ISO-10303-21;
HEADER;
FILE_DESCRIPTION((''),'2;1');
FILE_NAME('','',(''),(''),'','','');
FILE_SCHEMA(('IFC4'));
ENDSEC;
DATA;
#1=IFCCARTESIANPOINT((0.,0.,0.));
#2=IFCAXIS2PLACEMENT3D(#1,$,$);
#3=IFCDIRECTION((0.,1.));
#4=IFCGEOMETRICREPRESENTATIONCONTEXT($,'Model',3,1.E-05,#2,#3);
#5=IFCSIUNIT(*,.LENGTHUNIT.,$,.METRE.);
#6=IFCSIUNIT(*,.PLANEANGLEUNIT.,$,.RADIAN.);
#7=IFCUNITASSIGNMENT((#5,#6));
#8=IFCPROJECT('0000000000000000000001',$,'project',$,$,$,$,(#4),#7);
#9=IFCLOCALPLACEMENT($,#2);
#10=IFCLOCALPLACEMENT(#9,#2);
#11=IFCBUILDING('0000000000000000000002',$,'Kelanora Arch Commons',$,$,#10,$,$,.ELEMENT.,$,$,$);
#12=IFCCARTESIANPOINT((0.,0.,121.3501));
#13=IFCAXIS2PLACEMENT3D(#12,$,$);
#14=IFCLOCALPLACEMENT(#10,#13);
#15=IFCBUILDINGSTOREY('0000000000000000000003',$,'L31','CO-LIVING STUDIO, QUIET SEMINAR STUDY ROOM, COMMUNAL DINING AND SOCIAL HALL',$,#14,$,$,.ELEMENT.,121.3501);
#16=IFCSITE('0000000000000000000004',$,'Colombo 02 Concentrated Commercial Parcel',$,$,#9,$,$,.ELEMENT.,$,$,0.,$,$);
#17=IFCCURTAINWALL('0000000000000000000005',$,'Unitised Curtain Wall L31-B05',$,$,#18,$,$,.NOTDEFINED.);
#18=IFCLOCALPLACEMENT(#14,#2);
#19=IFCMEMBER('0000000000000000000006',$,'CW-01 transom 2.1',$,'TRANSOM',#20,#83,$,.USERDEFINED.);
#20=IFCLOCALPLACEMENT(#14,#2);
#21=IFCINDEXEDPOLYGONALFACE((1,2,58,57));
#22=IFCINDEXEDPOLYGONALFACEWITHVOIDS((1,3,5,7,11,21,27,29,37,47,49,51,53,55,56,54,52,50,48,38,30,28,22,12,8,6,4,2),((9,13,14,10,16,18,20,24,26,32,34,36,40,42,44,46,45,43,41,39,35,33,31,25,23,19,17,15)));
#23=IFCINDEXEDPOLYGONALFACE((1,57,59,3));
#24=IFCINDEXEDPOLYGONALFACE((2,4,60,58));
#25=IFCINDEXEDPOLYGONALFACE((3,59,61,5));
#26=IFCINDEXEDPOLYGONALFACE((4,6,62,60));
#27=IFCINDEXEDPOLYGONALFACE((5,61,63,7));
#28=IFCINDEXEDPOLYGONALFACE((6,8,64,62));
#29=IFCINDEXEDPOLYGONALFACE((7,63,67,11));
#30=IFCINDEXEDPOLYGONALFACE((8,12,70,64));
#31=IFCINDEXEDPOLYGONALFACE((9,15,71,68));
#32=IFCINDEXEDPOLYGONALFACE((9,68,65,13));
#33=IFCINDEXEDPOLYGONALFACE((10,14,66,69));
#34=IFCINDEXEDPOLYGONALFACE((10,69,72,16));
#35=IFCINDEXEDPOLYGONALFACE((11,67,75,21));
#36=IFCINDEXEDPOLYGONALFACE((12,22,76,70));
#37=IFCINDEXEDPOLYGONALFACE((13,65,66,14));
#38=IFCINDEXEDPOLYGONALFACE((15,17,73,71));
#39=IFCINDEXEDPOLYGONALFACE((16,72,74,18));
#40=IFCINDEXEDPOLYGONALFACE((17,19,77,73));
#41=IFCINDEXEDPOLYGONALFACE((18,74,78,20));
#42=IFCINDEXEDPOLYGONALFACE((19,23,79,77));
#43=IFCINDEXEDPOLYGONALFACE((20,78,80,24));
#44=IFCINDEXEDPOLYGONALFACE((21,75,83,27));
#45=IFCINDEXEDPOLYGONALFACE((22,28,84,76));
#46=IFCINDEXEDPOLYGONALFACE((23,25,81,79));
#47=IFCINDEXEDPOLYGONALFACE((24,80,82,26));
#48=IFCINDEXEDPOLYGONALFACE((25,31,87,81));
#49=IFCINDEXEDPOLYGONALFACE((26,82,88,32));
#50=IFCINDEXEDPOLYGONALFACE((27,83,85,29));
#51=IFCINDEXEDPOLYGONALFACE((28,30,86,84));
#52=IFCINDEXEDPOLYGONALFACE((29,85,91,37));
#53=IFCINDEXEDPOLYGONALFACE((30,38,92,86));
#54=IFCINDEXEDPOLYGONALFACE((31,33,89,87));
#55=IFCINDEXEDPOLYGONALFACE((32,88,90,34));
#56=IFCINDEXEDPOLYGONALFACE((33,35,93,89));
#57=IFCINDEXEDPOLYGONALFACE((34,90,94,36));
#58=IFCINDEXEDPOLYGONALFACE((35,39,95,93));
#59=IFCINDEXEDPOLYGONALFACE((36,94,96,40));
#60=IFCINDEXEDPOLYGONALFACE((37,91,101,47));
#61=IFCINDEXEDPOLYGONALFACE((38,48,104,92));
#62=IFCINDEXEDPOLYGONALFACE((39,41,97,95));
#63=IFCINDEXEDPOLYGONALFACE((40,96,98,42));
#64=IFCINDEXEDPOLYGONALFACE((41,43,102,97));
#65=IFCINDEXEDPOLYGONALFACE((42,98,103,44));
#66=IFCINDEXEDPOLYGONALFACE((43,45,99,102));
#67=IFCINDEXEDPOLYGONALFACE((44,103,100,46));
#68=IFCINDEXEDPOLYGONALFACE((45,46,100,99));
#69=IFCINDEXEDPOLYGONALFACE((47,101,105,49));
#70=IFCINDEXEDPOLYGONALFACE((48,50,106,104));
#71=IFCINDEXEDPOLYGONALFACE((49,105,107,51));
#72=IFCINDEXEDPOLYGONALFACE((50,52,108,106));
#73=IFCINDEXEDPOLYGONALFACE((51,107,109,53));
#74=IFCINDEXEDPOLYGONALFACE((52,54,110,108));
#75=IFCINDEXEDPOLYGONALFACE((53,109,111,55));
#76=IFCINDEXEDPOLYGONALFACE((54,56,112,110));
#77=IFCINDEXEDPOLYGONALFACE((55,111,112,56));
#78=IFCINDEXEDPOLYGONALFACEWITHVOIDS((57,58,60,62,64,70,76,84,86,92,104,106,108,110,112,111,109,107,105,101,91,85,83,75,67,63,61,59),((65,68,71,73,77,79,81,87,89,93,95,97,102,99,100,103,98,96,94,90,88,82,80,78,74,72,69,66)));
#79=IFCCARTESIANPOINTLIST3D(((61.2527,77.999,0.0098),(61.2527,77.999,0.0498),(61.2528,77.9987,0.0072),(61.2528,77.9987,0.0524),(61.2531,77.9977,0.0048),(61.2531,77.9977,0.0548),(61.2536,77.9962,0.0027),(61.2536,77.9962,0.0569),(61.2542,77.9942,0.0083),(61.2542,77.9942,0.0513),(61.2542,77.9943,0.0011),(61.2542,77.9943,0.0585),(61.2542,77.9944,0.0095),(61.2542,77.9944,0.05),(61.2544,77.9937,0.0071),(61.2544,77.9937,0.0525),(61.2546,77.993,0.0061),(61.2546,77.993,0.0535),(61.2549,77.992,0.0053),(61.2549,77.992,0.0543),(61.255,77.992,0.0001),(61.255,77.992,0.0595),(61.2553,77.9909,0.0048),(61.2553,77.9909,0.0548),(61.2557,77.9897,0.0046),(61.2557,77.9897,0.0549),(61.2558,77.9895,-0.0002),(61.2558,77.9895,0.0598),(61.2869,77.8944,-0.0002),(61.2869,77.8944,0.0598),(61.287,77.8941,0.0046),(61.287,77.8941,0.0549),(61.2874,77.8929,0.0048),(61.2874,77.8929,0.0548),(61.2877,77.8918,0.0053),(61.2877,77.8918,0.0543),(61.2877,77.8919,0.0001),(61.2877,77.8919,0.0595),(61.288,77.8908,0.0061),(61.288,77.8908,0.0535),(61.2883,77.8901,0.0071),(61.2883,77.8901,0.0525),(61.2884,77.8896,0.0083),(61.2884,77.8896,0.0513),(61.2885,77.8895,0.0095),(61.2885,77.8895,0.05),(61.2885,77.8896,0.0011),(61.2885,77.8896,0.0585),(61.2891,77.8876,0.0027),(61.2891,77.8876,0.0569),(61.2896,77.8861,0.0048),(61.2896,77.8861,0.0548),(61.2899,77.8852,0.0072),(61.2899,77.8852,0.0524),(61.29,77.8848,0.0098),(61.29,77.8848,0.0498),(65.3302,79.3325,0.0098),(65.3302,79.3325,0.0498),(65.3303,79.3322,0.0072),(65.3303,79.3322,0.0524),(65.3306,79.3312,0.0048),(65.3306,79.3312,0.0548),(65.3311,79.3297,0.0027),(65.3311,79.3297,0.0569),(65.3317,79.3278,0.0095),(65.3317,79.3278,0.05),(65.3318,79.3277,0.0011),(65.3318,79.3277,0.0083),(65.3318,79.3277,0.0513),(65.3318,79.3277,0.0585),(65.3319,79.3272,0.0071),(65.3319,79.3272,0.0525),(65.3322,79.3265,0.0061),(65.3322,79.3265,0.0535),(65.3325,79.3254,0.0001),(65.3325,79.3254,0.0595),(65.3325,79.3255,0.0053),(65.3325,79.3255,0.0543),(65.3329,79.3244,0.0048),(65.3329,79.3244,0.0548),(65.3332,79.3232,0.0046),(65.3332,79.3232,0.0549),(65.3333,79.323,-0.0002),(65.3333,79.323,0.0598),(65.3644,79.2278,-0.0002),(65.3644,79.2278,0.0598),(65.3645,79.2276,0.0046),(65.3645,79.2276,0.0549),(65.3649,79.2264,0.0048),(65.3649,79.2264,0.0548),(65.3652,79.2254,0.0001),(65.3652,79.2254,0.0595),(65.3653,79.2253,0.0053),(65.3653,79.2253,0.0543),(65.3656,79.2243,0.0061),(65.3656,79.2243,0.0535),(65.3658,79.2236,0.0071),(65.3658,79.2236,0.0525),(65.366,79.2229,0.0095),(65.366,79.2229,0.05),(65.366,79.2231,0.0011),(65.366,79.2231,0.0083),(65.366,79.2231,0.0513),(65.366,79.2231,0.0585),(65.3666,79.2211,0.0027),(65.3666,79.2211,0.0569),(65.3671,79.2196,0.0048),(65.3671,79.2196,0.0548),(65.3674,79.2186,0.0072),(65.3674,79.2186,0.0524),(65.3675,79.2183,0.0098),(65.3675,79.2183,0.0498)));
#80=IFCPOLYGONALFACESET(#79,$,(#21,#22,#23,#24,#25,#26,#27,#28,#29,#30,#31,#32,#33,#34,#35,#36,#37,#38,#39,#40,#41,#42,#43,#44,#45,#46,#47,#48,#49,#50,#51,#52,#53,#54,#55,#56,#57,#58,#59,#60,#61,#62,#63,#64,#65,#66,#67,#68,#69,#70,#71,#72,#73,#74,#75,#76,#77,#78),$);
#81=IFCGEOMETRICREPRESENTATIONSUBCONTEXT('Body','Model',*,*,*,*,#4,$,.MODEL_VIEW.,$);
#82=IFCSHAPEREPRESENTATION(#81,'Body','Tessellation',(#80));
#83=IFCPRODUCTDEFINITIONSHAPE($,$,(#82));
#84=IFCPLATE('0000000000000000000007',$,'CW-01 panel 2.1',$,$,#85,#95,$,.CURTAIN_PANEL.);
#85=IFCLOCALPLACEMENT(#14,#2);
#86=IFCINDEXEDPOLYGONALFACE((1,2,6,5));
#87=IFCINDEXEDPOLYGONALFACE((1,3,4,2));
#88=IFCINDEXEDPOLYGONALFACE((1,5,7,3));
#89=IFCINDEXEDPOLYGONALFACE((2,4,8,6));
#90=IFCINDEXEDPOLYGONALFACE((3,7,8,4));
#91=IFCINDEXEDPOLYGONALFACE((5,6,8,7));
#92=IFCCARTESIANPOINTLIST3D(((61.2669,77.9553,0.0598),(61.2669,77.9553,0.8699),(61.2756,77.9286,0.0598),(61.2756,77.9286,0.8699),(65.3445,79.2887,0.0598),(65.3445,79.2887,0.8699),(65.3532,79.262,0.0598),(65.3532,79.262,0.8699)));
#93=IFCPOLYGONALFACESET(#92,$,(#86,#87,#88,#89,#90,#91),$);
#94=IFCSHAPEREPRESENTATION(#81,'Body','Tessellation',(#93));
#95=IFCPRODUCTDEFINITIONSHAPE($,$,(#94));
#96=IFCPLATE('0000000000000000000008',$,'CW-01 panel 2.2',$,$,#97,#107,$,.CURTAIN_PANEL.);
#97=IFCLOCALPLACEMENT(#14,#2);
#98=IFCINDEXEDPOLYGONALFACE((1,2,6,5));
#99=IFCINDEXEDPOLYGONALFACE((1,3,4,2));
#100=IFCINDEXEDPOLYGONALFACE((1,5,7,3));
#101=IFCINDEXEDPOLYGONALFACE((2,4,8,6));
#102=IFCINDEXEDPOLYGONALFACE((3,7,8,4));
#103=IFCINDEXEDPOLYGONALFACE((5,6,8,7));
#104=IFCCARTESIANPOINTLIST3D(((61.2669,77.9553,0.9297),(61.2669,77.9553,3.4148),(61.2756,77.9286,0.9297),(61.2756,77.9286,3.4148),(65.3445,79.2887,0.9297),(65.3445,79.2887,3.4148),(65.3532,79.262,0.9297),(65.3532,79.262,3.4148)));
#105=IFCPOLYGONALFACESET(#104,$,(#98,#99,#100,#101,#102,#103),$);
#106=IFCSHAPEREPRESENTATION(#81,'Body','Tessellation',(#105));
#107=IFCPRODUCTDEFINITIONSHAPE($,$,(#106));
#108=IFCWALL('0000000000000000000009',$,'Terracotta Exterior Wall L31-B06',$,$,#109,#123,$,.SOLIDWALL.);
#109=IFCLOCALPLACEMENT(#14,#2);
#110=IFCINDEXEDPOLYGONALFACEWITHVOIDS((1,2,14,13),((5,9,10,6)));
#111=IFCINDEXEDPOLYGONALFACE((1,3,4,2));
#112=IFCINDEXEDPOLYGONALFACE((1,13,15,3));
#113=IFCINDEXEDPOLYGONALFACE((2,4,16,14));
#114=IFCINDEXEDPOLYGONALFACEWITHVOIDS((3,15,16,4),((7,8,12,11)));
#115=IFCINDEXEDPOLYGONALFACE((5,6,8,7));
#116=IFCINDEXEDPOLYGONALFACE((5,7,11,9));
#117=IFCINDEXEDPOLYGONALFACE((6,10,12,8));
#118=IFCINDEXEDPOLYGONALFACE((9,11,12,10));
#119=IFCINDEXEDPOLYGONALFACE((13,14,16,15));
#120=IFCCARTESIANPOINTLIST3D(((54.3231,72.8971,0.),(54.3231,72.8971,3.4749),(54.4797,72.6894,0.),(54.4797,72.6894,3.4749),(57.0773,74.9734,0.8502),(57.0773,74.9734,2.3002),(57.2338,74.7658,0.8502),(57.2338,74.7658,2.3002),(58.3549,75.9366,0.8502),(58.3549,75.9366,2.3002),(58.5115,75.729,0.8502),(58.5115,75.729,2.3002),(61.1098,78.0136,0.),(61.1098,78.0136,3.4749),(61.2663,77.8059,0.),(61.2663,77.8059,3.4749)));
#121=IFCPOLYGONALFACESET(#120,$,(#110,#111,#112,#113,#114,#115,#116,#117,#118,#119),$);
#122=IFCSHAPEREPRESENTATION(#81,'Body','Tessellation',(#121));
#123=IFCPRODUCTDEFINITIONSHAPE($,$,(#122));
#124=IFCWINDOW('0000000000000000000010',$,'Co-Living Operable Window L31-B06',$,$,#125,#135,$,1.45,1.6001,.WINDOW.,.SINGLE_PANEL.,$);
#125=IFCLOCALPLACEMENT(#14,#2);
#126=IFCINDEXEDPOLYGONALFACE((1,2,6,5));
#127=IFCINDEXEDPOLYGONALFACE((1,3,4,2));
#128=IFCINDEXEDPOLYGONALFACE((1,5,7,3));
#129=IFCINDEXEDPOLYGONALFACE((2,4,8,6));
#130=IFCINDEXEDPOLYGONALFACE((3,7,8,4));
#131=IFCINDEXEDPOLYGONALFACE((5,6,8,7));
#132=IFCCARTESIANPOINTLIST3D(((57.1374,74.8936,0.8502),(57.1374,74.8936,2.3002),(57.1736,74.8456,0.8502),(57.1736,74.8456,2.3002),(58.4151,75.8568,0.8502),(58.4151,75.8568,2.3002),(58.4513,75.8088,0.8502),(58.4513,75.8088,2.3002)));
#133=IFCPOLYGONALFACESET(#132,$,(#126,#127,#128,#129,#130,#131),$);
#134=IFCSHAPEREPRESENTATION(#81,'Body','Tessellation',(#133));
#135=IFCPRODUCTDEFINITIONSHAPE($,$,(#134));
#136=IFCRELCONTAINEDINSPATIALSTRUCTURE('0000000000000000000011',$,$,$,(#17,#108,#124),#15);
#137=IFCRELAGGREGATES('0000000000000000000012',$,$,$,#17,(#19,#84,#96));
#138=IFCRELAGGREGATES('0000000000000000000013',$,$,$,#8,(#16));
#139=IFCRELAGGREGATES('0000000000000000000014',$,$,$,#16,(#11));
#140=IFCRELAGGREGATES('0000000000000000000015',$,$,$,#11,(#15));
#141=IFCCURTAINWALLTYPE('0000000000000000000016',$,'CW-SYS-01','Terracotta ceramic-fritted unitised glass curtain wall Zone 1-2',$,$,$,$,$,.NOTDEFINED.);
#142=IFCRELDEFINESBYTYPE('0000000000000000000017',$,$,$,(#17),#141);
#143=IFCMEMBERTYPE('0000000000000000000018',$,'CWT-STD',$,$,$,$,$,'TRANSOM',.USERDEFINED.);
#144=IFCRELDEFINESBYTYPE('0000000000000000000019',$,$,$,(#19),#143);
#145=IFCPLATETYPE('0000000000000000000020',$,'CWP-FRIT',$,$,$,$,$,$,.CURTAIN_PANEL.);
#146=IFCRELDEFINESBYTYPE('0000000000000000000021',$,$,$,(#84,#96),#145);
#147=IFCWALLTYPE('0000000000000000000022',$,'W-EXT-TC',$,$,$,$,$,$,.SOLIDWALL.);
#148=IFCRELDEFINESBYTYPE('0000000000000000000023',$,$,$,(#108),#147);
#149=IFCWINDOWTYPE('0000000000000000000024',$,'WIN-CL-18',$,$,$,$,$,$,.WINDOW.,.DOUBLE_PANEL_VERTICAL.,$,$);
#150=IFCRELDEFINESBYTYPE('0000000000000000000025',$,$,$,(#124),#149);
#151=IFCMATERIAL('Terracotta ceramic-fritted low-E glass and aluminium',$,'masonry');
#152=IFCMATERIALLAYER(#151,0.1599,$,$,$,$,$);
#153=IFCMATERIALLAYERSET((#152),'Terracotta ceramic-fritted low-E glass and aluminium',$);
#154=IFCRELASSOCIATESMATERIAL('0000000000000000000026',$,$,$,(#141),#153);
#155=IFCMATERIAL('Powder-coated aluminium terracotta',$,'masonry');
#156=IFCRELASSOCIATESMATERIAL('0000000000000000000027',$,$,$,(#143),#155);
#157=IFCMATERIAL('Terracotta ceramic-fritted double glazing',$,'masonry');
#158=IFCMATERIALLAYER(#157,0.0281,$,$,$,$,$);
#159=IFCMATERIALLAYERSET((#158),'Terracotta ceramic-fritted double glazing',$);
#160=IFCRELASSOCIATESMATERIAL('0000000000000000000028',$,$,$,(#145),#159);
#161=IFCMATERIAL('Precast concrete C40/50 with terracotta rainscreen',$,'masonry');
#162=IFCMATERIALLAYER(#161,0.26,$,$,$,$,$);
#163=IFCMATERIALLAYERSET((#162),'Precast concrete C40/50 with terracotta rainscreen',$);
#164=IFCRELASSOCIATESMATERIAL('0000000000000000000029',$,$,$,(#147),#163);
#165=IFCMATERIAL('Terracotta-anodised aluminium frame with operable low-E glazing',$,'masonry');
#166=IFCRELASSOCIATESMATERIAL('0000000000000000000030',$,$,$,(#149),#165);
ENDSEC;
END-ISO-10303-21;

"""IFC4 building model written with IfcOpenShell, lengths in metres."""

from ifc_helpers import new_model, si_unit, direction, frame, frame_2d, origin, origin_2d, place, context, subcontext, project, spatial, rectangle, hollow_rectangle, extrude, source, transform, mapped, material, layer, layer_set, material_profile, profile_set, type_object, element, fill, aggregate, save


model = new_model("IFC4")

# Units and contexts
model_context = context("Model", 3, precision=1e-05, world=origin(), true_north=direction((0.0, 1.0)))
body_context = subcontext(model_context, "Body", "Model", "MODEL_VIEW")
ifc_project = project(units=[si_unit("LENGTHUNIT", "METRE"), si_unit("PLANEANGLEUNIT", "RADIAN")], contexts=[model_context])

# Site, building, storey
site_placement = place(None, origin())
site = spatial("IfcSite", under=ifc_project, at=site_placement, Name="Colombo 02 Concentrated Commercial Parcel", CompositionType="ELEMENT", RefElevation=0.0)
building_placement = place(site_placement, origin())
building = spatial("IfcBuilding", under=site, at=building_placement, Name="Kelanora Arch Commons", CompositionType="ELEMENT")
storey_placement = place(building_placement, frame((0.0, 0.0, 121.3501)))
storey = spatial("IfcBuildingStorey", under=building, at=storey_placement, Name="L31", Description="CO-LIVING STUDIO, QUIET SEMINAR STUDY ROOM, COMMUNAL DINING AND SOCIAL HALL", CompositionType="ELEMENT", Elevation=121.3501)

# Curtain wall, member, plates
ifc_material_1 = material(Name="Terracotta ceramic-fritted low-E glass and aluminium", Category="masonry")
ifc_layer_1 = layer(ifc_material_1, 0.1599)
ifc_layer_set_1 = layer_set([ifc_layer_1], Name="Terracotta ceramic-fritted low-E glass and aluminium")
curtain_wall_type = type_object("IfcCurtainWallType", Name="CW-SYS-01", Description="Terracotta ceramic-fritted unitised glass curtain wall Zone 1-2", PredefinedType="NOTDEFINED", material=ifc_layer_set_1)
curtain_wall_placement = place(storey_placement, origin())
curtain_wall = element("IfcCurtainWall", 1, at=curtain_wall_placement, inside=storey, type_object=curtain_wall_type, Name="Unitised Curtain Wall L31-B05", PredefinedType="NOTDEFINED")
ifc_material_2 = material(Name="Powder-coated aluminium terracotta", Category="masonry")
ifc_material_profile_1 = material_profile(ifc_material_2, hollow_rectangle(XDim=0.1201, YDim=0.0601, WallThickness=0.0049, InnerFilletRadius=0.0049, OuterFilletRadius=0.01, at=origin_2d()), Name="CWT120x60")
ifc_profile_set_1 = profile_set([ifc_material_profile_1], Name="Powder-coated aluminium terracotta")
member_type_1 = type_object("IfcMemberType", Name="CWT-STD", ElementType="TRANSOM", PredefinedType="USERDEFINED", material=ifc_profile_set_1)
member_1_placement = place(storey_placement, frame((65.3489, 79.2754, 0.0298), z_axis=(-0.950466, -0.310828, 0.0), x_axis=(0.310828, -0.950466, 0.0)))
member_1 = element("IfcMember", 2, at=member_1_placement, type_object=member_type_1, Name="CW-01 transom 2.1", ObjectType="TRANSOM", PredefinedType="USERDEFINED", context=body_context, shape_type="SweptSolid", body=[
    extrude(hollow_rectangle(XDim=0.1201, YDim=0.0601, WallThickness=0.0049, InnerFilletRadius=0.0049, OuterFilletRadius=0.01, at=origin_2d()), origin(), (0.0, 0.0, 1.0), 4.29),
])
ifc_material_3 = material(Name="Terracotta ceramic-fritted double glazing", Category="masonry")
ifc_layer_2 = layer(ifc_material_3, 0.0281)
ifc_layer_set_2 = layer_set([ifc_layer_2], Name="Terracotta ceramic-fritted double glazing")
plate_type = type_object("IfcPlateType", Name="CWP-FRIT", PredefinedType="CURTAIN_PANEL", material=ifc_layer_set_2)
shared_shape_1 = source(origin(), body_context, "Body", "SweptSolid", [
    extrude(rectangle(XDim=4.29, YDim=0.0281, at=origin_2d()), origin(), (0.0, 0.0, 1.0), 0.8101),
])
plate_1_placement = place(storey_placement, frame((63.3101, 78.6086, 0.0598), z_axis=(0.0, 0.0, 1.0), x_axis=(-0.950474, -0.310805, 0.0)))
plate_1 = element("IfcPlate", 3, at=plate_1_placement, type_object=plate_type, Name="CW-01 panel 2.1", PredefinedType="CURTAIN_PANEL", context=body_context, shape_type="MappedRepresentation", body=[
    mapped(shared_shape_1, transform((0.0, 0.0, 0.0), scale=1.0)),
])
shared_shape_2 = source(origin(), body_context, "Body", "SweptSolid", [
    extrude(rectangle(XDim=4.29, YDim=0.0281, at=origin_2d()), origin(), (0.0, 0.0, 1.0), 2.4851),
])
plate_2_placement = place(storey_placement, frame((63.3101, 78.6086, 0.9297), z_axis=(0.0, 0.0, 1.0), x_axis=(-0.950474, -0.310805, 0.0)))
plate_2 = element("IfcPlate", 4, at=plate_2_placement, type_object=plate_type, Name="CW-01 panel 2.2", PredefinedType="CURTAIN_PANEL", context=body_context, shape_type="MappedRepresentation", body=[
    mapped(shared_shape_2, transform((0.0, 0.0, 0.0), scale=1.0)),
])
aggregate(curtain_wall, [member_1, plate_1, plate_2])

# Wall, opening, window
ifc_material_4 = material(Name="Precast concrete C40/50 with terracotta rainscreen", Category="masonry")
ifc_layer_3 = layer(ifc_material_4, 0.26)
ifc_layer_set_3 = layer_set([ifc_layer_3], Name="Precast concrete C40/50 with terracotta rainscreen")
wall_type_1 = type_object("IfcWallType", Name="W-EXT-TC", PredefinedType="SOLIDWALL", material=ifc_layer_set_3)
wall_1_placement = place(storey_placement, frame((61.188, 77.9097, 0.0), z_axis=(0.0, 0.0, 1.0), x_axis=(-0.798502, -0.601993, 0.0)))
wall_1 = element("IfcWall", 5, at=wall_1_placement, inside=storey, type_object=wall_type_1, Name="Terracotta Exterior Wall L31-B06", PredefinedType="SOLIDWALL", context=body_context, shape_type="SweptSolid", body=[
    extrude(rectangle(XDim=8.4993, YDim=0.26, at=frame_2d((4.2495, 0.0))), origin(), (0.0, 0.0, 1.0), 3.4749),
])
opening_1_placement = place(wall_1_placement, frame((3.45, 0.0, 0.8501)))
opening_1 = element("IfcOpeningElement", 6, at=opening_1_placement, cuts=wall_1, PredefinedType="OPENING", context=body_context, shape_type="SweptSolid", body=[
    extrude(rectangle(XDim=1.6001, YDim=1.45, at=frame_2d((0.8, 0.7251))), frame((0.0, 0.1401, 0.0), z_axis=(0.0, -1.0, 0.0), x_axis=(1.0, 0.0, 0.0)), (0.0, 0.0, 1.0), 0.28),
])
ifc_material_5 = material(Name="Terracotta-anodised aluminium frame with operable low-E glazing", Category="masonry")
window_type_1 = type_object("IfcWindowType", Name="WIN-CL-18", PartitioningType="DOUBLE_PANEL_VERTICAL", PredefinedType="WINDOW", material=ifc_material_5)
window_1_placement = place(opening_1_placement, origin())
window_1 = element("IfcWindow", 7, at=window_1_placement, inside=storey, type_object=window_type_1, Name="Co-Living Operable Window L31-B06", OverallHeight=1.45, OverallWidth=1.6001, PartitioningType="SINGLE_PANEL", PredefinedType="WINDOW", context=body_context, shape_type="SweptSolid", body=[
    extrude(rectangle(XDim=1.6001, YDim=1.45, at=frame_2d((0.8, 0.7251))), frame((0.0, 0.03, 0.0), z_axis=(0.0, -1.0, 0.0), x_axis=(1.0, 0.0, 0.0)), (0.0, 0.0, 1.0), 0.0601),
])
fill(opening_1, window_1)

save(model, "model.ifc")
